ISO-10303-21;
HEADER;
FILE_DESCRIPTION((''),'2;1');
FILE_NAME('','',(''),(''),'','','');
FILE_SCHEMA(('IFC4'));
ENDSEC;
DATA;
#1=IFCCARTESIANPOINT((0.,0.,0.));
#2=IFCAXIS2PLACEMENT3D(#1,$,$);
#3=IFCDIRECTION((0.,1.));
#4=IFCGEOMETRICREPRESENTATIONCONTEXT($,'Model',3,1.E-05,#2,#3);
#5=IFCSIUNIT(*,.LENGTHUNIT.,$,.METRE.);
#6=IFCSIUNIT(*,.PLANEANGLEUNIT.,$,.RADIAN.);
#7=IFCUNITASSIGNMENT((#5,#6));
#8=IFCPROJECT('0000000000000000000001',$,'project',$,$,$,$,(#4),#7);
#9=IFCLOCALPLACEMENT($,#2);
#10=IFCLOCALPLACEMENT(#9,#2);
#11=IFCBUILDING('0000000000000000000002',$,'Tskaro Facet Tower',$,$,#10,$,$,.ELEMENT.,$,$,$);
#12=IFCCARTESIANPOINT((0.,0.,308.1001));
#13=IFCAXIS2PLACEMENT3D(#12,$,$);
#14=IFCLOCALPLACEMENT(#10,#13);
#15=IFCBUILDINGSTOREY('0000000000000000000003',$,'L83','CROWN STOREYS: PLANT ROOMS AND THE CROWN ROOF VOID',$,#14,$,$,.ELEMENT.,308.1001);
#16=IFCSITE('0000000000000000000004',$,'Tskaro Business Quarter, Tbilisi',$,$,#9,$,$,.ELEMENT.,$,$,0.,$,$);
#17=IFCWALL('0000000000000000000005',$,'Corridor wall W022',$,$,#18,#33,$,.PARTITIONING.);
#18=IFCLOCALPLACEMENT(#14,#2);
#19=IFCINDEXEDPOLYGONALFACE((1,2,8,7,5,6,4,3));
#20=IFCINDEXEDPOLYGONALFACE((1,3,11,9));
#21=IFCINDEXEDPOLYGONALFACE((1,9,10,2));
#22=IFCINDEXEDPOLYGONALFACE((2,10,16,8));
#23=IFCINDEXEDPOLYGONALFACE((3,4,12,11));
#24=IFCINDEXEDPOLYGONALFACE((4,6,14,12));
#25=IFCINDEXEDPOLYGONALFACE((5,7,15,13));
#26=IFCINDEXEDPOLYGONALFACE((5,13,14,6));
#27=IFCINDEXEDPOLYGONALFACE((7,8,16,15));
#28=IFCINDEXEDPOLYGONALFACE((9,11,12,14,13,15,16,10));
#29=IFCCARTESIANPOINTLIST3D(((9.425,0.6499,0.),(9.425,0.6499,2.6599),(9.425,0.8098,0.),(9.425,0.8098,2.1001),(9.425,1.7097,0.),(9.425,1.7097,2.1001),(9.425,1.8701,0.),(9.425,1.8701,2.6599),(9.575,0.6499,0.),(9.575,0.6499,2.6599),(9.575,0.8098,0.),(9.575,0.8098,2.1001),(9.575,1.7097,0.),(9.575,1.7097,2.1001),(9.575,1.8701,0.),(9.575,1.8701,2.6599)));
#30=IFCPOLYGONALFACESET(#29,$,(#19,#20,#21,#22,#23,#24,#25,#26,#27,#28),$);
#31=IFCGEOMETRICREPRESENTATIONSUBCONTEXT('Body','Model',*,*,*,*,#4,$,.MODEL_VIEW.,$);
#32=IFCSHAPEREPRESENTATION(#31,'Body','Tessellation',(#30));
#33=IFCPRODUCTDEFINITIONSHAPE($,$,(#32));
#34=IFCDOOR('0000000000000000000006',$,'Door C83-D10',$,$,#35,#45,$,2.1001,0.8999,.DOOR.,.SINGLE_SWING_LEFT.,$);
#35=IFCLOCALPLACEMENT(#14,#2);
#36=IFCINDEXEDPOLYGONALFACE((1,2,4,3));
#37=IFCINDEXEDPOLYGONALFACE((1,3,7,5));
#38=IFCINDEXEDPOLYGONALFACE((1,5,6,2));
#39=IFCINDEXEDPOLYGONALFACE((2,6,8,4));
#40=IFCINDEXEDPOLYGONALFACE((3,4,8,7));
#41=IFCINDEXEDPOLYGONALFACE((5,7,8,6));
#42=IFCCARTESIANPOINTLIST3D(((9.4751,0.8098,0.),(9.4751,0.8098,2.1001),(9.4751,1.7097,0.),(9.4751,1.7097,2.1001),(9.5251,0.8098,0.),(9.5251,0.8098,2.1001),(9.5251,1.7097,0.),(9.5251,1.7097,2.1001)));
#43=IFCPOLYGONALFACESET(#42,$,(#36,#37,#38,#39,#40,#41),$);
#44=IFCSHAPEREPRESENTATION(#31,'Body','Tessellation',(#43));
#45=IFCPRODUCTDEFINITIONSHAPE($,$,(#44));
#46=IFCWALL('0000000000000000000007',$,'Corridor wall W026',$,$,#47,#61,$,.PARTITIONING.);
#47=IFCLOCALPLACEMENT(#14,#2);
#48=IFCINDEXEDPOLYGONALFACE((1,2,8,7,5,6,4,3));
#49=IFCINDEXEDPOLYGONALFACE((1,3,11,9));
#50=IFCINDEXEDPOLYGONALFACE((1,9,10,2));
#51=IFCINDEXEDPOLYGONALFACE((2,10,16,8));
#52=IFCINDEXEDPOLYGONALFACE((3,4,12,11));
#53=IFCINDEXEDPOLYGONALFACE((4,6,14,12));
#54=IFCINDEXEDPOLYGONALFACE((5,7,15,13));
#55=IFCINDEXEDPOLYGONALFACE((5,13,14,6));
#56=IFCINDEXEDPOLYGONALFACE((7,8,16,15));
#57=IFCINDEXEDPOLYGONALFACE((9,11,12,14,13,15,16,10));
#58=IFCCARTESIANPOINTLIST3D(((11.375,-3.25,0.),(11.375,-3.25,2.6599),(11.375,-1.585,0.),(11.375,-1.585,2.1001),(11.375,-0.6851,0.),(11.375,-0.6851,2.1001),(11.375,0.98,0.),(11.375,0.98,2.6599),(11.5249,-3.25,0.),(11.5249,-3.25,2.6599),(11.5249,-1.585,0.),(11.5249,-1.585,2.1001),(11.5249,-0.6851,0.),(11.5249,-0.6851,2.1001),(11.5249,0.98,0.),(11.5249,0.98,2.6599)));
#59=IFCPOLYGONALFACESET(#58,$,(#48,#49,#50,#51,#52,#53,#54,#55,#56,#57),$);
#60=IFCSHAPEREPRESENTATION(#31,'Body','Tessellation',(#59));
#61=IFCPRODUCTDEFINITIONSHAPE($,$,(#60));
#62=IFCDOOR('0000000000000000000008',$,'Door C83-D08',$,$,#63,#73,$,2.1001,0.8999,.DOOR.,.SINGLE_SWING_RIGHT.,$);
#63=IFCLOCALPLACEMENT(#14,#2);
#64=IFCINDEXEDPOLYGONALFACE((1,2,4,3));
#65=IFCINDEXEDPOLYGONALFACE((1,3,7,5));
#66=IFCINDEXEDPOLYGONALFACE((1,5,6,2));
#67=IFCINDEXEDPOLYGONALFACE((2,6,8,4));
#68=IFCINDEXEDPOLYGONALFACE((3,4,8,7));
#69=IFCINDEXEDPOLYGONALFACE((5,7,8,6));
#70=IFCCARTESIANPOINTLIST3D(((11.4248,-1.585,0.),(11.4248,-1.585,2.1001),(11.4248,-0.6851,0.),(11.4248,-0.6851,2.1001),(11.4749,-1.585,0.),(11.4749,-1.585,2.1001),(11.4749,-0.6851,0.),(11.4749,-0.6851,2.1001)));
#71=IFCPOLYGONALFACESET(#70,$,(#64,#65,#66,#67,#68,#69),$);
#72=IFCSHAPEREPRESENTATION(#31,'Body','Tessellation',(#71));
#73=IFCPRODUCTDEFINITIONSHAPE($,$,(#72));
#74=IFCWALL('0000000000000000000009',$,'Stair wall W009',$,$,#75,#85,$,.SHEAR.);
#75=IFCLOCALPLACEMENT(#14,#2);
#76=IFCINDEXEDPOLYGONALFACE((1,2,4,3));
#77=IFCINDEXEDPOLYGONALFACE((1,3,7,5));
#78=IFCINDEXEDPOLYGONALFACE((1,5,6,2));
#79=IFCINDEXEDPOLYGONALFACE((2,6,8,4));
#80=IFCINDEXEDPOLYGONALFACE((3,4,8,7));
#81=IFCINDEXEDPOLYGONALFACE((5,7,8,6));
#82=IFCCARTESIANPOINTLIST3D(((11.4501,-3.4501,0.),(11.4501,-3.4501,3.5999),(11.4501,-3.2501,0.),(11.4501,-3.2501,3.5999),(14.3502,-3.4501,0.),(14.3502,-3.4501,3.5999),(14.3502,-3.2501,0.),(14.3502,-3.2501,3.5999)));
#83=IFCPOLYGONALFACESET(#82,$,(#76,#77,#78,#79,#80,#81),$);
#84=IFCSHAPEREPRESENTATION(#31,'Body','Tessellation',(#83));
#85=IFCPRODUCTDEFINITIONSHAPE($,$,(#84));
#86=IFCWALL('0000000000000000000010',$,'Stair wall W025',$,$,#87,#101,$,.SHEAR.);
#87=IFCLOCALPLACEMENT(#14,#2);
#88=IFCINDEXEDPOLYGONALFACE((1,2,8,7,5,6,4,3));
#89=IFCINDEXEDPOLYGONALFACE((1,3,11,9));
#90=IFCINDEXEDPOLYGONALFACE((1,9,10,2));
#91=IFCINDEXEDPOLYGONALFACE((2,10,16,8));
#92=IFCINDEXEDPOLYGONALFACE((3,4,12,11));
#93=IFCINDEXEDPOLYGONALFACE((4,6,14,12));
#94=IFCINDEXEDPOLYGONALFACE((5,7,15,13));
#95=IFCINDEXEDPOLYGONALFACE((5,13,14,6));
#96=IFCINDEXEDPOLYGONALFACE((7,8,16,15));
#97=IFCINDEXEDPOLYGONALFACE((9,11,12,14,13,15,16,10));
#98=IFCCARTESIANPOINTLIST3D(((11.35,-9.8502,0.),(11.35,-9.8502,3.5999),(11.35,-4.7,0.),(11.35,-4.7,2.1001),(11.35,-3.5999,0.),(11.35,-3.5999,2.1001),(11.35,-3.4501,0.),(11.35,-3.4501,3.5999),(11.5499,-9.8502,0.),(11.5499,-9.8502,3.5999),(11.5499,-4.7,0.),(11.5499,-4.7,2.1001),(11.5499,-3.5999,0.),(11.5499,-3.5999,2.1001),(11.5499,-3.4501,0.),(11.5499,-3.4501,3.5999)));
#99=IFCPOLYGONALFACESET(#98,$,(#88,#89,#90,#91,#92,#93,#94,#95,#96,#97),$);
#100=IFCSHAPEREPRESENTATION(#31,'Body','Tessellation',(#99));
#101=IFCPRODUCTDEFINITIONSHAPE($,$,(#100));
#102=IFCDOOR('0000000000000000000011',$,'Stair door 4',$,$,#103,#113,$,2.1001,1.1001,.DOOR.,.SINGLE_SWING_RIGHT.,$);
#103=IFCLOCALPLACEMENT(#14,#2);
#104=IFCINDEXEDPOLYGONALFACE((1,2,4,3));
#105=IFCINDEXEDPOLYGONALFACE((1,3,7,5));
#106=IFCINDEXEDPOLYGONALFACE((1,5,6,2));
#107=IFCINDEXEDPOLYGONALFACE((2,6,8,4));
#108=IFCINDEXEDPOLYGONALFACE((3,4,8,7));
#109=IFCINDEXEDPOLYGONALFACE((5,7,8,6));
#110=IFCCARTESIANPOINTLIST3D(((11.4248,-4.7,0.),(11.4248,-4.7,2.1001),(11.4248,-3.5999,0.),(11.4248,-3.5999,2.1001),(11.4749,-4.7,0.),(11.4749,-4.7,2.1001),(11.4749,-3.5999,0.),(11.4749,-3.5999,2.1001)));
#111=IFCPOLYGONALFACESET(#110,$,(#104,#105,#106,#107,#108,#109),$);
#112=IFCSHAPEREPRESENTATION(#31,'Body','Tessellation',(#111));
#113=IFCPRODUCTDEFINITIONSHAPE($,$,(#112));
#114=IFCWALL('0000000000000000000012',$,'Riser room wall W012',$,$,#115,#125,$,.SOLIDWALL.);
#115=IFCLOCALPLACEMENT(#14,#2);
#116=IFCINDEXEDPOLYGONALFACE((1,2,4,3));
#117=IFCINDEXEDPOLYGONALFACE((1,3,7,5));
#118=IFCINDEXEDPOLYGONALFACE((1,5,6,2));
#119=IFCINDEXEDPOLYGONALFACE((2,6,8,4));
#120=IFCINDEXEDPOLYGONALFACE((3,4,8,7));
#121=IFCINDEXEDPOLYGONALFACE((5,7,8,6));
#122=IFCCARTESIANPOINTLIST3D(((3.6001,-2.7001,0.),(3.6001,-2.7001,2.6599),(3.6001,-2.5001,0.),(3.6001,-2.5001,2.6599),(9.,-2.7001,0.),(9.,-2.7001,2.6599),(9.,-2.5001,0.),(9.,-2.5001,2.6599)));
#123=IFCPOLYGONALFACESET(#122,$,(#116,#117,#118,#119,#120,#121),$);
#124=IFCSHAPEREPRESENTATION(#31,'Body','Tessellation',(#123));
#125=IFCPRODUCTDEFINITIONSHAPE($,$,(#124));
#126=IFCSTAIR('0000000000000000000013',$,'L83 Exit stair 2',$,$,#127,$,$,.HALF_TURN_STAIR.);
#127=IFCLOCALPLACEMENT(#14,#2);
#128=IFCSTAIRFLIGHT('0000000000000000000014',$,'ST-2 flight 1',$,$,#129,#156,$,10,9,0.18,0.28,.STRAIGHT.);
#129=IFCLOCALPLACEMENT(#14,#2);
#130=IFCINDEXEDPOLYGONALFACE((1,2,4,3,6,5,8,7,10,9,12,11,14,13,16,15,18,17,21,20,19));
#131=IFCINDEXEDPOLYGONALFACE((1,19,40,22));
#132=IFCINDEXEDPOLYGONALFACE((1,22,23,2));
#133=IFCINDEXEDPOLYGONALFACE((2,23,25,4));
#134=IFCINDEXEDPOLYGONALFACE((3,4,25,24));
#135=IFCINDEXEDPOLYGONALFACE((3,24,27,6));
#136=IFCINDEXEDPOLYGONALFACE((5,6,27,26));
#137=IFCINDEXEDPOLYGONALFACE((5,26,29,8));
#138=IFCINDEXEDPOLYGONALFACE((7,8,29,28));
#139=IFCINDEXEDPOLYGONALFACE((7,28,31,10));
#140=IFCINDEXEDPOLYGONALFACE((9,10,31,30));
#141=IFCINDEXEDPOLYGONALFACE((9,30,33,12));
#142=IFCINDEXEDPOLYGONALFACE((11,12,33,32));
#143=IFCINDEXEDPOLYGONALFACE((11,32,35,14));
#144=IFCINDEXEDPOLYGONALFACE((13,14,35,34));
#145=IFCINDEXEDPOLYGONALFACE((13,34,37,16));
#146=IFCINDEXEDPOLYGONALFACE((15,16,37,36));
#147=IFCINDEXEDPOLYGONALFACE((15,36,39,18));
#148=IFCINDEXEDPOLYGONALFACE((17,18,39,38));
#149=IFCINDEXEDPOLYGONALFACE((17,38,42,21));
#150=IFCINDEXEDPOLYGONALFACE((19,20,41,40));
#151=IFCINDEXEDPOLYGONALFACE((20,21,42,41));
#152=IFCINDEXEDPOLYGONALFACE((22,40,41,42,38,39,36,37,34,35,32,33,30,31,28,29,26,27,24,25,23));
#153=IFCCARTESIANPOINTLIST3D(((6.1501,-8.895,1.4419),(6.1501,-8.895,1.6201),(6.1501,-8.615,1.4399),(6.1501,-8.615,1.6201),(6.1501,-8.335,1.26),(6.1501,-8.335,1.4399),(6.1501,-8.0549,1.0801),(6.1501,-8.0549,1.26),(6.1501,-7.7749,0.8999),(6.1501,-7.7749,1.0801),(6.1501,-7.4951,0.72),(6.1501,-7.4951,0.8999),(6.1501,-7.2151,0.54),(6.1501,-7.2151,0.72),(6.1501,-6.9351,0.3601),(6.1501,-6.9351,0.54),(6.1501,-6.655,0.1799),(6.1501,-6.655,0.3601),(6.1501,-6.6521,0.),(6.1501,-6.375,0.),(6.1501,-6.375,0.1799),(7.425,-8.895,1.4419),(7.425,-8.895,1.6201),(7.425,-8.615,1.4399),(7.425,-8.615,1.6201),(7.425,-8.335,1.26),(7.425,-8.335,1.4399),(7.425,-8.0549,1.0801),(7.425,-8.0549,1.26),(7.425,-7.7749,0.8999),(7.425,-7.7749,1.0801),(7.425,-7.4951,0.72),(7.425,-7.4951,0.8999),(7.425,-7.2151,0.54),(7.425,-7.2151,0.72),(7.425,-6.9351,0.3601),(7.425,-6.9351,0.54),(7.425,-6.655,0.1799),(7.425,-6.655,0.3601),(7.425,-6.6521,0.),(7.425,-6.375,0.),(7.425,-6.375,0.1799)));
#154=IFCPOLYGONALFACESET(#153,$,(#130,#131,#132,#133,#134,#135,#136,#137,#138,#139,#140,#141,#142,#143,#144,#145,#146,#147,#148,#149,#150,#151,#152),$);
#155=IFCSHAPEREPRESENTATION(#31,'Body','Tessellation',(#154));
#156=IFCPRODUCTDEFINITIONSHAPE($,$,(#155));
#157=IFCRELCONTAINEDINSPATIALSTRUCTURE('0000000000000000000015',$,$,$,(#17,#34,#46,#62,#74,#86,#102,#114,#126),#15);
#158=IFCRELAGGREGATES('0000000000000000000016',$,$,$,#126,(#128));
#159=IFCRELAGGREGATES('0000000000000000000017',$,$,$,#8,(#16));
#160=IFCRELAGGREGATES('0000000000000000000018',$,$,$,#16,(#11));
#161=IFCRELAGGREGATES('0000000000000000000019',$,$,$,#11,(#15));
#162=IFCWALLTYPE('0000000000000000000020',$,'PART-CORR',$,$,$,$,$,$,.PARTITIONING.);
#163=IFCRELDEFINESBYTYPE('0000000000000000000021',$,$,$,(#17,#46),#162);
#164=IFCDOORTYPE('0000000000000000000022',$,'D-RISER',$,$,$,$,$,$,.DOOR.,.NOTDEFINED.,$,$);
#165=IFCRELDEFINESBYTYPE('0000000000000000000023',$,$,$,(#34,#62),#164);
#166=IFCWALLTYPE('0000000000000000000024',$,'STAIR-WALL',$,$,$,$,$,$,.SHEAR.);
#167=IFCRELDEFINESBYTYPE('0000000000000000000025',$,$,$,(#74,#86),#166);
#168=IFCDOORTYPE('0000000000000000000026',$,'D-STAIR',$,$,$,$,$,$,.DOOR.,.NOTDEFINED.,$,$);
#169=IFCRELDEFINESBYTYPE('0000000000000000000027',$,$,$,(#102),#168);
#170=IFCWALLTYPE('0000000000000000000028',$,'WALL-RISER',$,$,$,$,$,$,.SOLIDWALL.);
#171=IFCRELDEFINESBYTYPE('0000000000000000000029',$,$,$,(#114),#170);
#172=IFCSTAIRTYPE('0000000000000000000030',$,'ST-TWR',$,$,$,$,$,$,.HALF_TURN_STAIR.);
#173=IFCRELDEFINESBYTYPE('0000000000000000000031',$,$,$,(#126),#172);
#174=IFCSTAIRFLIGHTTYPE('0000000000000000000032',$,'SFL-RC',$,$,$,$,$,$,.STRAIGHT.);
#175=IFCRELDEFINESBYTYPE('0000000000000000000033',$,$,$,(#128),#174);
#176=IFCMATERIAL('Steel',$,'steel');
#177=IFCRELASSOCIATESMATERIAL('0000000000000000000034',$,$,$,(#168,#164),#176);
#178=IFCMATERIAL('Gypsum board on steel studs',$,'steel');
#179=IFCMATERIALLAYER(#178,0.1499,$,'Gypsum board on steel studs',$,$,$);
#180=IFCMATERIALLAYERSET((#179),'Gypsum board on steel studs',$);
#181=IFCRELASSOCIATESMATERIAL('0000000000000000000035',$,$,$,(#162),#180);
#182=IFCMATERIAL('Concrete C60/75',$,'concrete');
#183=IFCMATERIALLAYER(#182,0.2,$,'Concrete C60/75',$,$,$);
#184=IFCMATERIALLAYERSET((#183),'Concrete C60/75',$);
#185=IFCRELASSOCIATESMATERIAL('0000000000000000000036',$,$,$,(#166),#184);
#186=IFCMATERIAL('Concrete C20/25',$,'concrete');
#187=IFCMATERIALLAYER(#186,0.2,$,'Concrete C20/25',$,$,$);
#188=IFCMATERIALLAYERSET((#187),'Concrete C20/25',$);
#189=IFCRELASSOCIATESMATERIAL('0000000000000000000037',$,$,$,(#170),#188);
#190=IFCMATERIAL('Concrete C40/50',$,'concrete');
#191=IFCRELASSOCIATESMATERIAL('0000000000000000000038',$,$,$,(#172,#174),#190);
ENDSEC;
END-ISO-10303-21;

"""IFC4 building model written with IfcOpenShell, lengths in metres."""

from ifc_helpers import new_model, si_unit, direction, frame, frame_2d, origin, place, context, subcontext, project, spatial, polyline, rectangle, outline, extrude, material, layer, layer_set, type_object, element, fill, aggregate, save


model = new_model("IFC4")

# Units and contexts
model_context = context("Model", 3, precision=1e-05, world=origin(), true_north=direction((0.0, 1.0)))
body_context = subcontext(model_context, "Body", "Model", "MODEL_VIEW")
ifc_project = project(units=[si_unit("LENGTHUNIT", "METRE"), si_unit("PLANEANGLEUNIT", "RADIAN")], contexts=[model_context])

# Site, building, storey
site_placement = place(None, origin())
site = spatial("IfcSite", under=ifc_project, at=site_placement, Name="Tskaro Business Quarter, Tbilisi", CompositionType="ELEMENT", RefElevation=0.0)
building_placement = place(site_placement, origin())
building = spatial("IfcBuilding", under=site, at=building_placement, Name="Tskaro Facet Tower", CompositionType="ELEMENT")
storey_placement = place(building_placement, frame((0.0, 0.0, 308.1001)))
storey = spatial("IfcBuildingStorey", under=building, at=storey_placement, Name="L83", Description="CROWN STOREYS: PLANT ROOMS AND THE CROWN ROOF VOID", CompositionType="ELEMENT", Elevation=308.1001)

# Shared definitions
ifc_material_1 = material(Name="Concrete C60/75", Category="concrete")

# Walls, openings, doors
ifc_material_2 = material(Name="Steel", Category="steel")
door_type_1 = type_object("IfcDoorType", Name="D-STAIR", OperationType="NOTDEFINED", PredefinedType="DOOR", material=ifc_material_2)
ifc_material_3 = material(Name="Concrete C20/25", Category="concrete")
ifc_material_4 = material(Name="Gypsum board on steel studs", Category="steel")
ifc_layer_1 = layer(ifc_material_4, 0.1499, Name="Gypsum board on steel studs")
ifc_layer_set_1 = layer_set([ifc_layer_1], Name="Gypsum board on steel studs")
wall_type_1 = type_object("IfcWallType", Name="PART-CORR", PredefinedType="PARTITIONING", material=ifc_layer_set_1)
wall_1_placement = place(storey_placement, frame((9.5, 0.6499, 0.0), z_axis=(0.0, 0.0, 1.0), x_axis=(0.0, 1.0, 0.0)))
wall_1 = element("IfcWall", 1, at=wall_1_placement, inside=storey, type_object=wall_type_1, Name="Corridor wall W022", PredefinedType="PARTITIONING", context=body_context, shape_type="SweptSolid", body=[
    extrude(rectangle(XDim=1.2202, YDim=0.1499, at=frame_2d((0.6101, 0.0))), origin(), (0.0, 0.0, 1.0), 2.6599),
])
opening_1_placement = place(wall_1_placement, frame((0.1599, 0.0, 0.0)))
opening_1 = element("IfcOpeningElement", 2, at=opening_1_placement, cuts=wall_1, PredefinedType="OPENING", context=body_context, shape_type="SweptSolid", body=[
    extrude(rectangle(XDim=0.8999, YDim=2.1001, at=frame_2d((0.45, 1.05))), frame((0.0, 0.085, 0.0), z_axis=(0.0, -1.0, 0.0), x_axis=(1.0, 0.0, 0.0)), (0.0, 0.0, 1.0), 0.1699),
])
door_type_2 = type_object("IfcDoorType", Name="D-RISER", OperationType="NOTDEFINED", PredefinedType="DOOR", material=ifc_material_2)
door_1_placement = place(opening_1_placement, origin())
door_1 = element("IfcDoor", 3, at=door_1_placement, inside=storey, type_object=door_type_2, Name="Door C83-D10", OperationType="SINGLE_SWING_LEFT", OverallHeight=2.1001, OverallWidth=0.8999, PredefinedType="DOOR", context=body_context, shape_type="SweptSolid", body=[
    extrude(rectangle(XDim=0.8999, YDim=2.1001, at=frame_2d((0.45, 1.05))), frame((0.0, 0.0249, 0.0), z_axis=(0.0, -1.0, 0.0), x_axis=(1.0, 0.0, 0.0)), (0.0, 0.0, 1.0), 0.05),
])
fill(opening_1, door_1)
wall_2_placement = place(storey_placement, frame((11.45, 0.98, 0.0), z_axis=(0.0, 0.0, 1.0), x_axis=(0.0, -1.0, 0.0)))
wall_2 = element("IfcWall", 4, at=wall_2_placement, inside=storey, type_object=wall_type_1, Name="Corridor wall W026", PredefinedType="PARTITIONING", context=body_context, shape_type="SweptSolid", body=[
    extrude(rectangle(XDim=4.23, YDim=0.1499, at=frame_2d((2.115, 0.0))), origin(), (0.0, 0.0, 1.0), 2.6599),
])
opening_2_placement = place(wall_2_placement, frame((1.665, 0.0, 0.0)))
opening_2 = element("IfcOpeningElement", 5, at=opening_2_placement, cuts=wall_2, PredefinedType="OPENING", context=body_context, shape_type="SweptSolid", body=[
    extrude(rectangle(XDim=0.8999, YDim=2.1001, at=frame_2d((0.45, 1.05))), frame((0.0, 0.085, 0.0), z_axis=(0.0, -1.0, 0.0), x_axis=(1.0, 0.0, 0.0)), (0.0, 0.0, 1.0), 0.1699),
])
door_2_placement = place(opening_2_placement, origin())
door_2 = element("IfcDoor", 6, at=door_2_placement, inside=storey, type_object=door_type_2, Name="Door C83-D08", OperationType="SINGLE_SWING_RIGHT", OverallHeight=2.1001, OverallWidth=0.8999, PredefinedType="DOOR", context=body_context, shape_type="SweptSolid", body=[
    extrude(rectangle(XDim=0.8999, YDim=2.1001, at=frame_2d((0.45, 1.05))), frame((0.0, 0.0249, 0.0), z_axis=(0.0, -1.0, 0.0), x_axis=(1.0, 0.0, 0.0)), (0.0, 0.0, 1.0), 0.05),
])
fill(opening_2, door_2)

# Wall
ifc_layer_2 = layer(ifc_material_1, 0.2, Name="Concrete C60/75")
ifc_layer_set_2 = layer_set([ifc_layer_2], Name="Concrete C60/75")
wall_type_2 = type_object("IfcWallType", Name="STAIR-WALL", PredefinedType="SHEAR", material=ifc_layer_set_2)
wall_3_placement = place(storey_placement, frame((11.45, -3.3501, 0.0), z_axis=(0.0, 0.0, 1.0), x_axis=(1.0, 0.0, 0.0)))
element("IfcWall", 7, at=wall_3_placement, inside=storey, type_object=wall_type_2, Name="Stair wall W009", PredefinedType="SHEAR", context=body_context, shape_type="SweptSolid", body=[
    extrude(rectangle(XDim=2.9001, YDim=0.2, at=frame_2d((1.4502, 0.0))), origin(), (0.0, 0.0, 1.0), 3.5999),
])

# Wall, opening, door
wall_4_placement = place(storey_placement, frame((11.45, -3.45, 0.0), z_axis=(0.0, 0.0, 1.0), x_axis=(0.0, -1.0, 0.0)))
wall_4 = element("IfcWall", 8, at=wall_4_placement, inside=storey, type_object=wall_type_2, Name="Stair wall W025", PredefinedType="SHEAR", context=body_context, shape_type="SweptSolid", body=[
    extrude(rectangle(XDim=6.4001, YDim=0.2, at=frame_2d((3.2002, 0.0))), origin(), (0.0, 0.0, 1.0), 3.5999),
])
opening_3_placement = place(wall_4_placement, frame((0.1499, 0.0, 0.0)))
opening_3 = element("IfcOpeningElement", 9, at=opening_3_placement, cuts=wall_4, PredefinedType="OPENING", context=body_context, shape_type="SweptSolid", body=[
    extrude(rectangle(XDim=1.1001, YDim=2.1001, at=frame_2d((0.55, 1.05))), frame((0.0, 0.1099, 0.0), z_axis=(0.0, -1.0, 0.0), x_axis=(1.0, 0.0, 0.0)), (0.0, 0.0, 1.0), 0.22),
])
door_3_placement = place(opening_3_placement, origin())
door_3 = element("IfcDoor", 10, at=door_3_placement, inside=storey, type_object=door_type_1, Name="Stair door 4", OperationType="SINGLE_SWING_RIGHT", OverallHeight=2.1001, OverallWidth=1.1001, PredefinedType="DOOR", context=body_context, shape_type="SweptSolid", body=[
    extrude(rectangle(XDim=1.1001, YDim=2.1001, at=frame_2d((0.55, 1.05))), frame((0.0, 0.0249, 0.0), z_axis=(0.0, -1.0, 0.0), x_axis=(1.0, 0.0, 0.0)), (0.0, 0.0, 1.0), 0.05),
])
fill(opening_3, door_3)

# Wall
ifc_layer_3 = layer(ifc_material_3, 0.2, Name="Concrete C20/25")
ifc_layer_set_3 = layer_set([ifc_layer_3], Name="Concrete C20/25")
wall_type_3 = type_object("IfcWallType", Name="WALL-RISER", PredefinedType="SOLIDWALL", material=ifc_layer_set_3)
wall_5_placement = place(storey_placement, frame((3.6001, -2.6001, 0.0), z_axis=(0.0, 0.0, 1.0), x_axis=(1.0, 0.0, 0.0)))
element("IfcWall", 11, at=wall_5_placement, inside=storey, type_object=wall_type_3, Name="Riser room wall W012", PredefinedType="SOLIDWALL", context=body_context, shape_type="SweptSolid", body=[
    extrude(rectangle(XDim=5.3999, YDim=0.2, at=frame_2d((2.7, 0.0))), origin(), (0.0, 0.0, 1.0), 2.6599),
])

# Stair, stair flight
ifc_material_5 = material(Name="Concrete C40/50", Category="concrete")
stair_type = type_object("IfcStairType", Name="ST-TWR", PredefinedType="HALF_TURN_STAIR", material=ifc_material_5)
stair_placement = place(storey_placement, origin())
stair = element("IfcStair", 12, at=stair_placement, inside=storey, type_object=stair_type, Name="L83 Exit stair 2", PredefinedType="HALF_TURN_STAIR")
stair_flight_type = type_object("IfcStairFlightType", Name="SFL-RC", PredefinedType="STRAIGHT", material=ifc_material_5)
stair_flight_placement = place(storey_placement, frame((6.7876, -6.375, 0.0), z_axis=(0.0, 0.0, 1.0), x_axis=(0.0, -1.0, 0.0)))
stair_flight = element("IfcStairFlight", 13, at=stair_flight_placement, type_object=stair_flight_type, Name="ST-2 flight 1", NumberOfRisers=10, NumberOfTreads=9, PredefinedType="STRAIGHT", RiserHeight=0.18, TreadLength=0.28, context=body_context, shape_type="SweptSolid", body=[
    extrude(outline(polyline([(0.0, 0.0), (0.0, 0.1799), (0.28, 0.1799), (0.28, 0.3601), (0.5601, 0.3601), (0.5601, 0.54), (0.8401, 0.54), (0.8401, 0.72), (1.1201, 0.72), (1.1201, 0.8999), (1.3999, 0.8999), (1.3999, 1.0801), (1.6799, 1.0801), (1.6799, 1.26), (1.96, 1.26), (1.96, 1.4399), (2.24, 1.4399), (2.24, 1.6201), (2.52, 1.6201), (2.52, 1.8), (2.52, 1.4419), (0.2771, 0.0), (0.0, 0.0)])), frame((0.0, 0.6375, 0.0), z_axis=(0.0, -1.0, 0.0), x_axis=(1.0, 0.0, 0.0)), (0.0, 0.0, 1.0), 1.2749),
])
aggregate(stair, [stair_flight])

save(model, "model.ifc")
